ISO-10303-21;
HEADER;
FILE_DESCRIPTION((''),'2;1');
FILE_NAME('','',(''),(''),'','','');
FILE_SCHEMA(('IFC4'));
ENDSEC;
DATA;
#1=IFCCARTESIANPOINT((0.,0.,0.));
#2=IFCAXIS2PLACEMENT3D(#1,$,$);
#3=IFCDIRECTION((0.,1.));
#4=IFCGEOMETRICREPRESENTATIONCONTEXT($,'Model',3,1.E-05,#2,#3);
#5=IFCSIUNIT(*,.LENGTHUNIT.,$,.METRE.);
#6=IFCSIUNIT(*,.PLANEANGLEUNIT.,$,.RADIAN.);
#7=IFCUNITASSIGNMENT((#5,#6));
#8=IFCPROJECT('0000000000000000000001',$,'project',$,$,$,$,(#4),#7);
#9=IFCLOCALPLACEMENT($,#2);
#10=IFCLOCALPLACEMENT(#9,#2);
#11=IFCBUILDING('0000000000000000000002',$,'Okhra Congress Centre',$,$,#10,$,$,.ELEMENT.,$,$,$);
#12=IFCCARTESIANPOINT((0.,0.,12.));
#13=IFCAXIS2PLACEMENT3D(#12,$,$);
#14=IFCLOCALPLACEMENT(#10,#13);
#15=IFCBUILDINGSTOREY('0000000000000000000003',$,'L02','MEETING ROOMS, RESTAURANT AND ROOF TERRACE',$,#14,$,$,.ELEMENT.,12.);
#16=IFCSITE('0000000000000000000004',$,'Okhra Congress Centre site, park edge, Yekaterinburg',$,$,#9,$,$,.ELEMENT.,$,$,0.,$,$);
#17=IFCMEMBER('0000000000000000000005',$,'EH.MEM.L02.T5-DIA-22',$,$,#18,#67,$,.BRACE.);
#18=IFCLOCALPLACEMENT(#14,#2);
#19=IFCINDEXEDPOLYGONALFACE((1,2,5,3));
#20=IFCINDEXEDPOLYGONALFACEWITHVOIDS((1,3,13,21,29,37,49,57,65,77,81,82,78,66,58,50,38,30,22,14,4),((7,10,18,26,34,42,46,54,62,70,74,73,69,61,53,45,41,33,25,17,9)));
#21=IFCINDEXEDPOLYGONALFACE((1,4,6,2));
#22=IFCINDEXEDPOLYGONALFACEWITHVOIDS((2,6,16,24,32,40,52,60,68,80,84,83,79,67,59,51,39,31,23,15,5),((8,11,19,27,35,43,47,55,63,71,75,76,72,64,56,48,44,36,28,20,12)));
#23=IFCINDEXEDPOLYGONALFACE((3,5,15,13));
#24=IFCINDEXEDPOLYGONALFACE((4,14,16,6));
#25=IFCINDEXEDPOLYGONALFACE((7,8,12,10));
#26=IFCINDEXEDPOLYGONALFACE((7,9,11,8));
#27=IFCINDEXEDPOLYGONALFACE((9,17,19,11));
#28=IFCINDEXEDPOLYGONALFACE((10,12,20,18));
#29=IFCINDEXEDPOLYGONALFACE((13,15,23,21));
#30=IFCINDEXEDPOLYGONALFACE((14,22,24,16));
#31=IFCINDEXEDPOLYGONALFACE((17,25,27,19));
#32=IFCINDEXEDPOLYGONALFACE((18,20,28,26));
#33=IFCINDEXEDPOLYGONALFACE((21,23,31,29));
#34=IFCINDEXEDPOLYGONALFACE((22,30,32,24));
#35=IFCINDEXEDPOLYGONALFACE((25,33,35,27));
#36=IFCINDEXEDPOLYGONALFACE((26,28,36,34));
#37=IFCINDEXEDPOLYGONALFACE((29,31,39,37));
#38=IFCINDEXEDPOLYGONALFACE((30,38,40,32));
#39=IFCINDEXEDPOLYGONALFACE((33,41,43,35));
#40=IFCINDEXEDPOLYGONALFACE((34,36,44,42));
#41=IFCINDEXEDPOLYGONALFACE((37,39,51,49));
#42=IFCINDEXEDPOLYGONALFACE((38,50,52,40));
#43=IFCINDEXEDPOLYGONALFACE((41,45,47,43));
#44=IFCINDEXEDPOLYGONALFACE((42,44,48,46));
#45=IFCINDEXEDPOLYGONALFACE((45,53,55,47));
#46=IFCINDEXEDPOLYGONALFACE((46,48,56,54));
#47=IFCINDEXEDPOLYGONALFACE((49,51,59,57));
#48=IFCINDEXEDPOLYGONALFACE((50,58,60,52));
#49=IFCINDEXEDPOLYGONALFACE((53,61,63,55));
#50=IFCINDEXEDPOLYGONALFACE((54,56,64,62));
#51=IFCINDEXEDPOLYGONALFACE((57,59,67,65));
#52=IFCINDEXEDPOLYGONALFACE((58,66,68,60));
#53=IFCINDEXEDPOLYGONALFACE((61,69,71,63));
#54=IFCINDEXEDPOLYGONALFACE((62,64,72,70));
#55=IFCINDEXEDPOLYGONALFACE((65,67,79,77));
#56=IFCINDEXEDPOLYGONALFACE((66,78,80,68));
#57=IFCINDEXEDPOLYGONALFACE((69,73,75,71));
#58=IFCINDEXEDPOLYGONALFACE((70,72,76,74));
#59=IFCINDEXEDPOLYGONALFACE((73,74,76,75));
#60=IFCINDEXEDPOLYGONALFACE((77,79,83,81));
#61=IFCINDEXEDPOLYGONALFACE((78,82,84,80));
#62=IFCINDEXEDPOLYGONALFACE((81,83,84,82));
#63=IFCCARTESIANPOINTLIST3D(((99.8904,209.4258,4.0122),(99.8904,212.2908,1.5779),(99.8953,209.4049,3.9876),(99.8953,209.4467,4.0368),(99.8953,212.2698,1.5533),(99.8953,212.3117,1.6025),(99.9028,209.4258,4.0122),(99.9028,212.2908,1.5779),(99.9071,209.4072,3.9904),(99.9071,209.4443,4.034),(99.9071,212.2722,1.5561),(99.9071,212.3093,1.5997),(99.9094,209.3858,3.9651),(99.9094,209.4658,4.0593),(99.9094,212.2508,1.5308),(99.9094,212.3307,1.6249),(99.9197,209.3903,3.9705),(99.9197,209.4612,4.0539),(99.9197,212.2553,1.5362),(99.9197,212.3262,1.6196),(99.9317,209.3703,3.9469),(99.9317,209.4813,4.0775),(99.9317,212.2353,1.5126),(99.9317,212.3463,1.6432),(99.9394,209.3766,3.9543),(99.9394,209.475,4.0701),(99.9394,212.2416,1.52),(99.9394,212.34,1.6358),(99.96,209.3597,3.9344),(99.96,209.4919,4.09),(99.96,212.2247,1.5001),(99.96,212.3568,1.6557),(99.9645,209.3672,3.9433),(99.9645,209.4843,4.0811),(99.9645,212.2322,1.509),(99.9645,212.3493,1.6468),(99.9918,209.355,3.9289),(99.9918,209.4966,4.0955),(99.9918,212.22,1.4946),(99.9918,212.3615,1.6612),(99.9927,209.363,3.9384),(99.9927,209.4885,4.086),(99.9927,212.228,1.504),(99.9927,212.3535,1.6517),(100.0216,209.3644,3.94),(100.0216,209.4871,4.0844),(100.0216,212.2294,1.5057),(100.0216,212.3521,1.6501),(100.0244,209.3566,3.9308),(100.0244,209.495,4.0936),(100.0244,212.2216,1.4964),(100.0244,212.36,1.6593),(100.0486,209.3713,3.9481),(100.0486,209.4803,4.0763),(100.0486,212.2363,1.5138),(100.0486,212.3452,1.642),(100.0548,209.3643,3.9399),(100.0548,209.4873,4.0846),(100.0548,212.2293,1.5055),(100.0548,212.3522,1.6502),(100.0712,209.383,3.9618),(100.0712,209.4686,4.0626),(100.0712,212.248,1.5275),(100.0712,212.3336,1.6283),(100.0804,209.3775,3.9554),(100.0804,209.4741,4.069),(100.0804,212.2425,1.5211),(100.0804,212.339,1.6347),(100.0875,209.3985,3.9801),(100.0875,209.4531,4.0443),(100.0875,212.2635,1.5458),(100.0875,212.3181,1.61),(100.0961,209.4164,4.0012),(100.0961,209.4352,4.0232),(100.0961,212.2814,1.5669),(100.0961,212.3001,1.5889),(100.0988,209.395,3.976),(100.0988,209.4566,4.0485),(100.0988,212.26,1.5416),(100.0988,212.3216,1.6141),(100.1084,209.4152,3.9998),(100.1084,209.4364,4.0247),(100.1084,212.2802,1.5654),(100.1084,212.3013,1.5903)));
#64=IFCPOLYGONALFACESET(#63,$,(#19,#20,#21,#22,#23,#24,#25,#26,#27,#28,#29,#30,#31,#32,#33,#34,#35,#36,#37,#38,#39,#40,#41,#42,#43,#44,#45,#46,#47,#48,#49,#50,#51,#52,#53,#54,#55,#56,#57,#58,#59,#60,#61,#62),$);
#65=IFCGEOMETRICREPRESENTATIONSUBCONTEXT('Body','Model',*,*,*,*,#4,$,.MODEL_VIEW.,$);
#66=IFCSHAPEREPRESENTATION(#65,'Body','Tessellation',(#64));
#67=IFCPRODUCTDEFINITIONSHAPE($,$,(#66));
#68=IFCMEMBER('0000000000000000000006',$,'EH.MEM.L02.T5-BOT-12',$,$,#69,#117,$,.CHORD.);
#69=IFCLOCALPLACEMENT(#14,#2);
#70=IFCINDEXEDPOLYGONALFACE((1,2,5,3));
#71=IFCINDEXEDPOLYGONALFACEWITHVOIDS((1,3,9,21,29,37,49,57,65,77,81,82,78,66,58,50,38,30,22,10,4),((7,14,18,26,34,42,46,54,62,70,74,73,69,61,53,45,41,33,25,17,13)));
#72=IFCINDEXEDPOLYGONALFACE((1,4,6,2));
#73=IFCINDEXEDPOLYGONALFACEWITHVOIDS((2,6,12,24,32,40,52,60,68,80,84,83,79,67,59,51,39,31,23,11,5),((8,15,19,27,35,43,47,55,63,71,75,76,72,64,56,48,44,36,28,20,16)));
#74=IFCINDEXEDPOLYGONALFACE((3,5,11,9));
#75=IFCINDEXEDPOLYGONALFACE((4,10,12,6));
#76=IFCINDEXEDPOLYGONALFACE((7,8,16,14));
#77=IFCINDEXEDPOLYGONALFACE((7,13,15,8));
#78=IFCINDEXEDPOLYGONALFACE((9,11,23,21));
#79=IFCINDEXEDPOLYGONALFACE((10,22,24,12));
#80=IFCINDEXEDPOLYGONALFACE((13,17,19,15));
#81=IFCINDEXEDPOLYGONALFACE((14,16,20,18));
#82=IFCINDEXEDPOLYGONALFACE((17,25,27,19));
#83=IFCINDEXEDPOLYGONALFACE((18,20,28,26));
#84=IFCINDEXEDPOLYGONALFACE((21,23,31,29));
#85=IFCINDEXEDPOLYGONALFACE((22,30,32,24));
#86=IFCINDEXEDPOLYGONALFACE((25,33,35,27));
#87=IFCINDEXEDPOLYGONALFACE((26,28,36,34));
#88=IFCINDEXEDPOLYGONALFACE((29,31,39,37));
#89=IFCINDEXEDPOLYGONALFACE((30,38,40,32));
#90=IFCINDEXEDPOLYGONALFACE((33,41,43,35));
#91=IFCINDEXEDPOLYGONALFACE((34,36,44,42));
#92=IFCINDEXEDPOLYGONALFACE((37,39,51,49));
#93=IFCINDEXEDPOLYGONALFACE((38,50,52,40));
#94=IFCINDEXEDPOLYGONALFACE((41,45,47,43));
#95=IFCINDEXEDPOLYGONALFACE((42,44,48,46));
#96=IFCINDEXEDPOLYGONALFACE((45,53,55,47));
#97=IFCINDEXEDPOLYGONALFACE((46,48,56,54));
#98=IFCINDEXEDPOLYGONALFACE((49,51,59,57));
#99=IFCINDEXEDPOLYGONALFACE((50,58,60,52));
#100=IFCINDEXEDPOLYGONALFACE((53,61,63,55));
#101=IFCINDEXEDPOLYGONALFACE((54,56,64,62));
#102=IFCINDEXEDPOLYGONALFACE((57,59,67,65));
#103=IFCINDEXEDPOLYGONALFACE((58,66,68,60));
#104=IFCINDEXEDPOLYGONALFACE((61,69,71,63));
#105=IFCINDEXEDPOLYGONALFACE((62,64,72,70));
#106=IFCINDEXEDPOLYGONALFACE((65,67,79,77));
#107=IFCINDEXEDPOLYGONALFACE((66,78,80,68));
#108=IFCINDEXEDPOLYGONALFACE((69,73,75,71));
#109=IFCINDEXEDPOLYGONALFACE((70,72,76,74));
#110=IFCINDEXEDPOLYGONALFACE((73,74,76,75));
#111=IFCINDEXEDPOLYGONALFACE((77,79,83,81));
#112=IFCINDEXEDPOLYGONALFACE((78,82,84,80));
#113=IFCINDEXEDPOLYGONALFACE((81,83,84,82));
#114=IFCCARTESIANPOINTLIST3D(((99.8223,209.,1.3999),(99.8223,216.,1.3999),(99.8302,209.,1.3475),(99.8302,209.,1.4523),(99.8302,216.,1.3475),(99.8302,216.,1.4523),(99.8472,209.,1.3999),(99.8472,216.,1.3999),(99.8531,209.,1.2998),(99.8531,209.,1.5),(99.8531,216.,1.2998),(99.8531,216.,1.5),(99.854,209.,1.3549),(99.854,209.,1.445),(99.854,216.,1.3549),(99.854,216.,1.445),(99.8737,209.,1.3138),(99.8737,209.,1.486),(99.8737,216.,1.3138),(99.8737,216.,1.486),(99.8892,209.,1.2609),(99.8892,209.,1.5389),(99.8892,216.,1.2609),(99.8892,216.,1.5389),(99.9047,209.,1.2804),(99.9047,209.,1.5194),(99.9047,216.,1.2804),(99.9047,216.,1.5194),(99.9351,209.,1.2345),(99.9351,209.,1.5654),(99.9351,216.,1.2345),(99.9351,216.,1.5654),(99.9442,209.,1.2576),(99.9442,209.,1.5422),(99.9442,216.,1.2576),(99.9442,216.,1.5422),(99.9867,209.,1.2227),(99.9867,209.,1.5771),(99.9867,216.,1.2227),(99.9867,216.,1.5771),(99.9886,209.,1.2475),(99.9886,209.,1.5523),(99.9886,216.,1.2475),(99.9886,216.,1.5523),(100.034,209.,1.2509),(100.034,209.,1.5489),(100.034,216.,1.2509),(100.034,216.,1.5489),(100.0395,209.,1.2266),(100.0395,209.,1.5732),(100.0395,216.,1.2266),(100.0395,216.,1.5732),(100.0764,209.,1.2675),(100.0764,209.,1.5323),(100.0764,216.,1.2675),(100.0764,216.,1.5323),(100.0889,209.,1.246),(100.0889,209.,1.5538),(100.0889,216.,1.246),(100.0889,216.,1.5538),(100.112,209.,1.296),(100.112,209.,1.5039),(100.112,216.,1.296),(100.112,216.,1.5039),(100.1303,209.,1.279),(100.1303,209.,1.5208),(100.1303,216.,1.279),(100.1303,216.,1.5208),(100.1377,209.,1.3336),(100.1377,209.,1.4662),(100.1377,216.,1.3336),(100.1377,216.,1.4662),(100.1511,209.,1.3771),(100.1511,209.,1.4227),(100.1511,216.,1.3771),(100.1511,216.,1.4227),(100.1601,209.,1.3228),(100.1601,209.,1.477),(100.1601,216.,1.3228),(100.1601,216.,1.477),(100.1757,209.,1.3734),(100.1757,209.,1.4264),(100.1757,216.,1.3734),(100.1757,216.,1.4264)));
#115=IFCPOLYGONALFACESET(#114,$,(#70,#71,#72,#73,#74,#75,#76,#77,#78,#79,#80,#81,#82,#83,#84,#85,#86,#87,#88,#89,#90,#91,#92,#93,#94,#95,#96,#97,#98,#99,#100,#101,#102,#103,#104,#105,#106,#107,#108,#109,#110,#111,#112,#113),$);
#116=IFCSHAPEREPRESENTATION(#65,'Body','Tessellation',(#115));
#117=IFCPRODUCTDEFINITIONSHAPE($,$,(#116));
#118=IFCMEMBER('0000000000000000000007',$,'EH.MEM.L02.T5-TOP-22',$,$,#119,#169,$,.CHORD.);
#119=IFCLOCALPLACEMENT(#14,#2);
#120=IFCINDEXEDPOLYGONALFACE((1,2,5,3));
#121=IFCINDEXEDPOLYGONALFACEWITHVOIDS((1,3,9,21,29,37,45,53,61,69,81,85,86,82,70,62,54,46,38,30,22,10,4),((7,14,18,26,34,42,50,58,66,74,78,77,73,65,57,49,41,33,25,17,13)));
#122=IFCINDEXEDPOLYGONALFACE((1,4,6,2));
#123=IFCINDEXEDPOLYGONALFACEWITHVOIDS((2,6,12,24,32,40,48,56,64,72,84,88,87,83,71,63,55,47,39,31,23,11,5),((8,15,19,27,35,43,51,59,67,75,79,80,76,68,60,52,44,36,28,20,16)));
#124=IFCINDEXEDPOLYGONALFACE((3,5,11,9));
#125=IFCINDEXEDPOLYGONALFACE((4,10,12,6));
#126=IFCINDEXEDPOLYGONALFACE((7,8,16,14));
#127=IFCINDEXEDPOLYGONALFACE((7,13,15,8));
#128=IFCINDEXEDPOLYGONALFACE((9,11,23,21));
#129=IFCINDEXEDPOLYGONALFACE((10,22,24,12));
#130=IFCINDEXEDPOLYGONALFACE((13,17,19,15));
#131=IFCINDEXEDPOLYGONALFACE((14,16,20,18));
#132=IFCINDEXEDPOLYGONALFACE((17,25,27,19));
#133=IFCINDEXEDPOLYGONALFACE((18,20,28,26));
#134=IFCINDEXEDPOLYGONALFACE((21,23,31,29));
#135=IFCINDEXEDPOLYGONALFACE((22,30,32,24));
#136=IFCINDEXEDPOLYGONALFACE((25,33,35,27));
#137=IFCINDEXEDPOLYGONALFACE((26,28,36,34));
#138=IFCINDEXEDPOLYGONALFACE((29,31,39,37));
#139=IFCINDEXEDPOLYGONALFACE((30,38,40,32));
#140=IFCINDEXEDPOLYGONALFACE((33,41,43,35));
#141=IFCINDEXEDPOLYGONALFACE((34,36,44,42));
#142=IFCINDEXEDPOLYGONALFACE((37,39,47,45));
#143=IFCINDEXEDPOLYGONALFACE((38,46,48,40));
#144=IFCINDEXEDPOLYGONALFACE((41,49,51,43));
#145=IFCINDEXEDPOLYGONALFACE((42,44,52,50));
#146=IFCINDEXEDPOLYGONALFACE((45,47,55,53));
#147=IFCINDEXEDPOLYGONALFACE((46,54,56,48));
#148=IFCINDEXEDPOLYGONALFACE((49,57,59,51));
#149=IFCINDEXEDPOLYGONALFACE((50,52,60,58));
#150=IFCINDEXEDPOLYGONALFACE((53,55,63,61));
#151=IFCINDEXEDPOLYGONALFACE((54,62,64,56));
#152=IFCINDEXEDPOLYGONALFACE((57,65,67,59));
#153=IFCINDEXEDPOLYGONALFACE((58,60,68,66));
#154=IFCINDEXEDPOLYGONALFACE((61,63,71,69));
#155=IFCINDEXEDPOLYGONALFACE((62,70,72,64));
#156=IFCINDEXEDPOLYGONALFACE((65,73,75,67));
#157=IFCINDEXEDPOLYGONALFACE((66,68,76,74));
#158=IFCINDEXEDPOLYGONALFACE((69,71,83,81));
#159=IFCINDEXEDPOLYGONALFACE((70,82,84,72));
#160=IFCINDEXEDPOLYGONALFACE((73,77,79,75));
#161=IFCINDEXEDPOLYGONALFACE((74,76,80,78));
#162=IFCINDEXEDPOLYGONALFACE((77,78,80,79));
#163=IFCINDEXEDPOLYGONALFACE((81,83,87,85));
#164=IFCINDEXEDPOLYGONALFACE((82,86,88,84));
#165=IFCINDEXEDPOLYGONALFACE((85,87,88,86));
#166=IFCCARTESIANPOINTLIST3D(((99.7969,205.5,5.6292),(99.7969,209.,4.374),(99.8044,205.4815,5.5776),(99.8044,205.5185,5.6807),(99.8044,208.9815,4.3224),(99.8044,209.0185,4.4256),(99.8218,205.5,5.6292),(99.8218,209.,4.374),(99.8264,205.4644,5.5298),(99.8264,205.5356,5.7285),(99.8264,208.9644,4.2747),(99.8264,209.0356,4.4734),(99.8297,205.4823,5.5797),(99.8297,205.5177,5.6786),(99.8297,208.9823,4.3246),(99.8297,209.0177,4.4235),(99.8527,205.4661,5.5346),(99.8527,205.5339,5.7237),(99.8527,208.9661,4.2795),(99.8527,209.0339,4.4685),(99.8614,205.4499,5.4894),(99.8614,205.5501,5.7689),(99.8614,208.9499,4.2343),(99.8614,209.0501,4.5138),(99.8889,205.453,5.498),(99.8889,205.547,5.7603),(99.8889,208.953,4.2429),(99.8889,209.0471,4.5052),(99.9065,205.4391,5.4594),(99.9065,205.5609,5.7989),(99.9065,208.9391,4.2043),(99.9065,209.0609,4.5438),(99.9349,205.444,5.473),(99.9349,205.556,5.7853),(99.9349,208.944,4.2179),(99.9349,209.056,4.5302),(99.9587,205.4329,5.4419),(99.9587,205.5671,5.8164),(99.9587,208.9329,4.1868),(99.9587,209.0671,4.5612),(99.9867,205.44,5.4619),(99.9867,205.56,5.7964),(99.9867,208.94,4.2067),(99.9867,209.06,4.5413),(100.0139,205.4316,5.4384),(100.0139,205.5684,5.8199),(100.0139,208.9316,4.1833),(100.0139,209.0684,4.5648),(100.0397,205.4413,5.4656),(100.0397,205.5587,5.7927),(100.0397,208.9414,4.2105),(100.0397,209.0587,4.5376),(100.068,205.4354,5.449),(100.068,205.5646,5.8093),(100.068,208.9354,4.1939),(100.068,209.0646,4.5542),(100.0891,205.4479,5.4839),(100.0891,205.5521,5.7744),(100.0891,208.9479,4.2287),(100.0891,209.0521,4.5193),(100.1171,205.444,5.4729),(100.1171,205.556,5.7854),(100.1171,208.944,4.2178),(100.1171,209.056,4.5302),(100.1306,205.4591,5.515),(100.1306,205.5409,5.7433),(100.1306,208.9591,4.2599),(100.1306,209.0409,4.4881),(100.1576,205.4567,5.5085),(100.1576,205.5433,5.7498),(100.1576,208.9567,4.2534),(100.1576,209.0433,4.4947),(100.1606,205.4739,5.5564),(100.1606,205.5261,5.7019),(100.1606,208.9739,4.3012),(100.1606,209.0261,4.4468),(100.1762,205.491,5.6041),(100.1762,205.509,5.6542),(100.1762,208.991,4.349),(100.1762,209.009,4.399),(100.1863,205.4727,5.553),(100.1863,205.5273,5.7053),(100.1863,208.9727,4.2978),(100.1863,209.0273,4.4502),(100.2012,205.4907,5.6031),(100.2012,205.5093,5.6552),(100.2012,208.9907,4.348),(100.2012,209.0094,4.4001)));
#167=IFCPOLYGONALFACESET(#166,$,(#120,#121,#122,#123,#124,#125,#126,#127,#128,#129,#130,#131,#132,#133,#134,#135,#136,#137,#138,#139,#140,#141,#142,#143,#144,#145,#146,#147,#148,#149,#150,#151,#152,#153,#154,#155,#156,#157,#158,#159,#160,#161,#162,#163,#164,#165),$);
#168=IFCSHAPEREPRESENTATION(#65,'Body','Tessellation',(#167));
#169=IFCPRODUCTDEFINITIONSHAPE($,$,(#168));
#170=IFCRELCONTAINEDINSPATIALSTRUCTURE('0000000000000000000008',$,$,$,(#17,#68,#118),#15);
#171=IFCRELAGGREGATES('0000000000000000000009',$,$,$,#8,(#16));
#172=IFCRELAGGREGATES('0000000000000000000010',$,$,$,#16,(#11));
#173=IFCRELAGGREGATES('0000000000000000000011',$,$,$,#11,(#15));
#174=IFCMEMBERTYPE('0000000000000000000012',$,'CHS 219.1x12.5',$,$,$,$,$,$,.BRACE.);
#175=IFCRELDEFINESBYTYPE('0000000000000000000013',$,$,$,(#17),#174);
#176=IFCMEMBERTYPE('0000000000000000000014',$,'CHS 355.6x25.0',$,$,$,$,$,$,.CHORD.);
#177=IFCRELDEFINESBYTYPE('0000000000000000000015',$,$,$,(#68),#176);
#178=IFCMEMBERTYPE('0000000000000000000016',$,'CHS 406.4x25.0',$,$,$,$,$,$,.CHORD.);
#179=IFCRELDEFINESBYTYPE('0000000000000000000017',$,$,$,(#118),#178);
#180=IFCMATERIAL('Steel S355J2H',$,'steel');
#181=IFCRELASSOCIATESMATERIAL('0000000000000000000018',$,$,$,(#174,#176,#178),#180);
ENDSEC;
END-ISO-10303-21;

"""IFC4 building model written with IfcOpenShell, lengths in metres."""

from ifc_helpers import new_model, si_unit, direction, frame, origin, origin_2d, place, context, subcontext, project, spatial, hollow_circle, extrude, material, material_profile, profile_set, type_object, element, save


model = new_model("IFC4")

# Units and contexts
model_context = context("Model", 3, precision=1e-05, world=origin(), true_north=direction((0.0, 1.0)))
body_context = subcontext(model_context, "Body", "Model", "MODEL_VIEW")
ifc_project = project(units=[si_unit("LENGTHUNIT", "METRE"), si_unit("PLANEANGLEUNIT", "RADIAN")], contexts=[model_context])

# Site, building, storey
site_placement = place(None, origin())
site = spatial("IfcSite", under=ifc_project, at=site_placement, Name="Okhra Congress Centre site, park edge, Yekaterinburg", CompositionType="ELEMENT", RefElevation=0.0)
building_placement = place(site_placement, origin())
building = spatial("IfcBuilding", under=site, at=building_placement, Name="Okhra Congress Centre", CompositionType="ELEMENT")
storey_placement = place(building_placement, frame((0.0, 0.0, 12.0)))
storey = spatial("IfcBuildingStorey", under=building, at=storey_placement, Name="L02", Description="MEETING ROOMS, RESTAURANT AND ROOF TERRACE", CompositionType="ELEMENT", Elevation=12.0)

# Members
ifc_material_1 = material(Name="Steel S355J2H", Category="steel")
ifc_material_profile_1 = material_profile(ifc_material_1, hollow_circle(Radius=0.1096, WallThickness=0.0125, at=origin_2d()), Name="CHS 219.1x12.5")
ifc_profile_set_1 = profile_set([ifc_material_profile_1], Name="Steel S355J2H")
member_type_1 = type_object("IfcMemberType", Name="CHS 219.1x12.5", PredefinedType="BRACE", material=ifc_profile_set_1)
member_1_placement = place(storey_placement, frame((100.0, 209.4258, 4.0122), z_axis=(0.0, 0.762059, -0.647507), x_axis=(-1.0, 0.0, 0.0)))
element("IfcMember", 1, at=member_1_placement, inside=storey, type_object=member_type_1, Name="EH.MEM.L02.T5-DIA-22", PredefinedType="BRACE", context=body_context, shape_type="SweptSolid", body=[
    extrude(hollow_circle(Radius=0.1096, WallThickness=0.0125, at=origin_2d()), origin(), (0.0, 0.0, 1.0), 3.7595),
])
ifc_material_profile_2 = material_profile(ifc_material_1, hollow_circle(Radius=0.1777, WallThickness=0.0249, at=origin_2d()), Name="CHS 355.6x25.0")
ifc_profile_set_2 = profile_set([ifc_material_profile_2], Name="Steel S355J2H")
member_type_2 = type_object("IfcMemberType", Name="CHS 355.6x25.0", PredefinedType="CHORD", material=ifc_profile_set_2)
member_2_placement = place(storey_placement, frame((100.0, 209.0, 1.3999), z_axis=(0.0, 1.0, 0.0), x_axis=(-1.0, 0.0, 0.0)))
element("IfcMember", 2, at=member_2_placement, inside=storey, type_object=member_type_2, Name="EH.MEM.L02.T5-BOT-12", PredefinedType="CHORD", context=body_context, shape_type="SweptSolid", body=[
    extrude(hollow_circle(Radius=0.1777, WallThickness=0.0249, at=origin_2d()), origin(), (0.0, 0.0, 1.0), 7.0),
])
ifc_material_profile_3 = material_profile(ifc_material_1, hollow_circle(Radius=0.2031, WallThickness=0.0249, at=origin_2d()), Name="CHS 406.4x25.0")
ifc_profile_set_3 = profile_set([ifc_material_profile_3], Name="Steel S355J2H")
member_type_3 = type_object("IfcMemberType", Name="CHS 406.4x25.0", PredefinedType="CHORD", material=ifc_profile_set_3)
member_3_placement = place(storey_placement, frame((100.0, 205.5, 5.6292), z_axis=(0.0, 0.941304, -0.337559), x_axis=(-1.0, 0.0, 0.0)))
element("IfcMember", 3, at=member_3_placement, inside=storey, type_object=member_type_3, Name="EH.MEM.L02.T5-TOP-22", PredefinedType="CHORD", context=body_context, shape_type="SweptSolid", body=[
    extrude(hollow_circle(Radius=0.2031, WallThickness=0.0249, at=origin_2d()), origin(), (0.0, 0.0, 1.0), 3.7183),
])

save(model, "model.ifc")
